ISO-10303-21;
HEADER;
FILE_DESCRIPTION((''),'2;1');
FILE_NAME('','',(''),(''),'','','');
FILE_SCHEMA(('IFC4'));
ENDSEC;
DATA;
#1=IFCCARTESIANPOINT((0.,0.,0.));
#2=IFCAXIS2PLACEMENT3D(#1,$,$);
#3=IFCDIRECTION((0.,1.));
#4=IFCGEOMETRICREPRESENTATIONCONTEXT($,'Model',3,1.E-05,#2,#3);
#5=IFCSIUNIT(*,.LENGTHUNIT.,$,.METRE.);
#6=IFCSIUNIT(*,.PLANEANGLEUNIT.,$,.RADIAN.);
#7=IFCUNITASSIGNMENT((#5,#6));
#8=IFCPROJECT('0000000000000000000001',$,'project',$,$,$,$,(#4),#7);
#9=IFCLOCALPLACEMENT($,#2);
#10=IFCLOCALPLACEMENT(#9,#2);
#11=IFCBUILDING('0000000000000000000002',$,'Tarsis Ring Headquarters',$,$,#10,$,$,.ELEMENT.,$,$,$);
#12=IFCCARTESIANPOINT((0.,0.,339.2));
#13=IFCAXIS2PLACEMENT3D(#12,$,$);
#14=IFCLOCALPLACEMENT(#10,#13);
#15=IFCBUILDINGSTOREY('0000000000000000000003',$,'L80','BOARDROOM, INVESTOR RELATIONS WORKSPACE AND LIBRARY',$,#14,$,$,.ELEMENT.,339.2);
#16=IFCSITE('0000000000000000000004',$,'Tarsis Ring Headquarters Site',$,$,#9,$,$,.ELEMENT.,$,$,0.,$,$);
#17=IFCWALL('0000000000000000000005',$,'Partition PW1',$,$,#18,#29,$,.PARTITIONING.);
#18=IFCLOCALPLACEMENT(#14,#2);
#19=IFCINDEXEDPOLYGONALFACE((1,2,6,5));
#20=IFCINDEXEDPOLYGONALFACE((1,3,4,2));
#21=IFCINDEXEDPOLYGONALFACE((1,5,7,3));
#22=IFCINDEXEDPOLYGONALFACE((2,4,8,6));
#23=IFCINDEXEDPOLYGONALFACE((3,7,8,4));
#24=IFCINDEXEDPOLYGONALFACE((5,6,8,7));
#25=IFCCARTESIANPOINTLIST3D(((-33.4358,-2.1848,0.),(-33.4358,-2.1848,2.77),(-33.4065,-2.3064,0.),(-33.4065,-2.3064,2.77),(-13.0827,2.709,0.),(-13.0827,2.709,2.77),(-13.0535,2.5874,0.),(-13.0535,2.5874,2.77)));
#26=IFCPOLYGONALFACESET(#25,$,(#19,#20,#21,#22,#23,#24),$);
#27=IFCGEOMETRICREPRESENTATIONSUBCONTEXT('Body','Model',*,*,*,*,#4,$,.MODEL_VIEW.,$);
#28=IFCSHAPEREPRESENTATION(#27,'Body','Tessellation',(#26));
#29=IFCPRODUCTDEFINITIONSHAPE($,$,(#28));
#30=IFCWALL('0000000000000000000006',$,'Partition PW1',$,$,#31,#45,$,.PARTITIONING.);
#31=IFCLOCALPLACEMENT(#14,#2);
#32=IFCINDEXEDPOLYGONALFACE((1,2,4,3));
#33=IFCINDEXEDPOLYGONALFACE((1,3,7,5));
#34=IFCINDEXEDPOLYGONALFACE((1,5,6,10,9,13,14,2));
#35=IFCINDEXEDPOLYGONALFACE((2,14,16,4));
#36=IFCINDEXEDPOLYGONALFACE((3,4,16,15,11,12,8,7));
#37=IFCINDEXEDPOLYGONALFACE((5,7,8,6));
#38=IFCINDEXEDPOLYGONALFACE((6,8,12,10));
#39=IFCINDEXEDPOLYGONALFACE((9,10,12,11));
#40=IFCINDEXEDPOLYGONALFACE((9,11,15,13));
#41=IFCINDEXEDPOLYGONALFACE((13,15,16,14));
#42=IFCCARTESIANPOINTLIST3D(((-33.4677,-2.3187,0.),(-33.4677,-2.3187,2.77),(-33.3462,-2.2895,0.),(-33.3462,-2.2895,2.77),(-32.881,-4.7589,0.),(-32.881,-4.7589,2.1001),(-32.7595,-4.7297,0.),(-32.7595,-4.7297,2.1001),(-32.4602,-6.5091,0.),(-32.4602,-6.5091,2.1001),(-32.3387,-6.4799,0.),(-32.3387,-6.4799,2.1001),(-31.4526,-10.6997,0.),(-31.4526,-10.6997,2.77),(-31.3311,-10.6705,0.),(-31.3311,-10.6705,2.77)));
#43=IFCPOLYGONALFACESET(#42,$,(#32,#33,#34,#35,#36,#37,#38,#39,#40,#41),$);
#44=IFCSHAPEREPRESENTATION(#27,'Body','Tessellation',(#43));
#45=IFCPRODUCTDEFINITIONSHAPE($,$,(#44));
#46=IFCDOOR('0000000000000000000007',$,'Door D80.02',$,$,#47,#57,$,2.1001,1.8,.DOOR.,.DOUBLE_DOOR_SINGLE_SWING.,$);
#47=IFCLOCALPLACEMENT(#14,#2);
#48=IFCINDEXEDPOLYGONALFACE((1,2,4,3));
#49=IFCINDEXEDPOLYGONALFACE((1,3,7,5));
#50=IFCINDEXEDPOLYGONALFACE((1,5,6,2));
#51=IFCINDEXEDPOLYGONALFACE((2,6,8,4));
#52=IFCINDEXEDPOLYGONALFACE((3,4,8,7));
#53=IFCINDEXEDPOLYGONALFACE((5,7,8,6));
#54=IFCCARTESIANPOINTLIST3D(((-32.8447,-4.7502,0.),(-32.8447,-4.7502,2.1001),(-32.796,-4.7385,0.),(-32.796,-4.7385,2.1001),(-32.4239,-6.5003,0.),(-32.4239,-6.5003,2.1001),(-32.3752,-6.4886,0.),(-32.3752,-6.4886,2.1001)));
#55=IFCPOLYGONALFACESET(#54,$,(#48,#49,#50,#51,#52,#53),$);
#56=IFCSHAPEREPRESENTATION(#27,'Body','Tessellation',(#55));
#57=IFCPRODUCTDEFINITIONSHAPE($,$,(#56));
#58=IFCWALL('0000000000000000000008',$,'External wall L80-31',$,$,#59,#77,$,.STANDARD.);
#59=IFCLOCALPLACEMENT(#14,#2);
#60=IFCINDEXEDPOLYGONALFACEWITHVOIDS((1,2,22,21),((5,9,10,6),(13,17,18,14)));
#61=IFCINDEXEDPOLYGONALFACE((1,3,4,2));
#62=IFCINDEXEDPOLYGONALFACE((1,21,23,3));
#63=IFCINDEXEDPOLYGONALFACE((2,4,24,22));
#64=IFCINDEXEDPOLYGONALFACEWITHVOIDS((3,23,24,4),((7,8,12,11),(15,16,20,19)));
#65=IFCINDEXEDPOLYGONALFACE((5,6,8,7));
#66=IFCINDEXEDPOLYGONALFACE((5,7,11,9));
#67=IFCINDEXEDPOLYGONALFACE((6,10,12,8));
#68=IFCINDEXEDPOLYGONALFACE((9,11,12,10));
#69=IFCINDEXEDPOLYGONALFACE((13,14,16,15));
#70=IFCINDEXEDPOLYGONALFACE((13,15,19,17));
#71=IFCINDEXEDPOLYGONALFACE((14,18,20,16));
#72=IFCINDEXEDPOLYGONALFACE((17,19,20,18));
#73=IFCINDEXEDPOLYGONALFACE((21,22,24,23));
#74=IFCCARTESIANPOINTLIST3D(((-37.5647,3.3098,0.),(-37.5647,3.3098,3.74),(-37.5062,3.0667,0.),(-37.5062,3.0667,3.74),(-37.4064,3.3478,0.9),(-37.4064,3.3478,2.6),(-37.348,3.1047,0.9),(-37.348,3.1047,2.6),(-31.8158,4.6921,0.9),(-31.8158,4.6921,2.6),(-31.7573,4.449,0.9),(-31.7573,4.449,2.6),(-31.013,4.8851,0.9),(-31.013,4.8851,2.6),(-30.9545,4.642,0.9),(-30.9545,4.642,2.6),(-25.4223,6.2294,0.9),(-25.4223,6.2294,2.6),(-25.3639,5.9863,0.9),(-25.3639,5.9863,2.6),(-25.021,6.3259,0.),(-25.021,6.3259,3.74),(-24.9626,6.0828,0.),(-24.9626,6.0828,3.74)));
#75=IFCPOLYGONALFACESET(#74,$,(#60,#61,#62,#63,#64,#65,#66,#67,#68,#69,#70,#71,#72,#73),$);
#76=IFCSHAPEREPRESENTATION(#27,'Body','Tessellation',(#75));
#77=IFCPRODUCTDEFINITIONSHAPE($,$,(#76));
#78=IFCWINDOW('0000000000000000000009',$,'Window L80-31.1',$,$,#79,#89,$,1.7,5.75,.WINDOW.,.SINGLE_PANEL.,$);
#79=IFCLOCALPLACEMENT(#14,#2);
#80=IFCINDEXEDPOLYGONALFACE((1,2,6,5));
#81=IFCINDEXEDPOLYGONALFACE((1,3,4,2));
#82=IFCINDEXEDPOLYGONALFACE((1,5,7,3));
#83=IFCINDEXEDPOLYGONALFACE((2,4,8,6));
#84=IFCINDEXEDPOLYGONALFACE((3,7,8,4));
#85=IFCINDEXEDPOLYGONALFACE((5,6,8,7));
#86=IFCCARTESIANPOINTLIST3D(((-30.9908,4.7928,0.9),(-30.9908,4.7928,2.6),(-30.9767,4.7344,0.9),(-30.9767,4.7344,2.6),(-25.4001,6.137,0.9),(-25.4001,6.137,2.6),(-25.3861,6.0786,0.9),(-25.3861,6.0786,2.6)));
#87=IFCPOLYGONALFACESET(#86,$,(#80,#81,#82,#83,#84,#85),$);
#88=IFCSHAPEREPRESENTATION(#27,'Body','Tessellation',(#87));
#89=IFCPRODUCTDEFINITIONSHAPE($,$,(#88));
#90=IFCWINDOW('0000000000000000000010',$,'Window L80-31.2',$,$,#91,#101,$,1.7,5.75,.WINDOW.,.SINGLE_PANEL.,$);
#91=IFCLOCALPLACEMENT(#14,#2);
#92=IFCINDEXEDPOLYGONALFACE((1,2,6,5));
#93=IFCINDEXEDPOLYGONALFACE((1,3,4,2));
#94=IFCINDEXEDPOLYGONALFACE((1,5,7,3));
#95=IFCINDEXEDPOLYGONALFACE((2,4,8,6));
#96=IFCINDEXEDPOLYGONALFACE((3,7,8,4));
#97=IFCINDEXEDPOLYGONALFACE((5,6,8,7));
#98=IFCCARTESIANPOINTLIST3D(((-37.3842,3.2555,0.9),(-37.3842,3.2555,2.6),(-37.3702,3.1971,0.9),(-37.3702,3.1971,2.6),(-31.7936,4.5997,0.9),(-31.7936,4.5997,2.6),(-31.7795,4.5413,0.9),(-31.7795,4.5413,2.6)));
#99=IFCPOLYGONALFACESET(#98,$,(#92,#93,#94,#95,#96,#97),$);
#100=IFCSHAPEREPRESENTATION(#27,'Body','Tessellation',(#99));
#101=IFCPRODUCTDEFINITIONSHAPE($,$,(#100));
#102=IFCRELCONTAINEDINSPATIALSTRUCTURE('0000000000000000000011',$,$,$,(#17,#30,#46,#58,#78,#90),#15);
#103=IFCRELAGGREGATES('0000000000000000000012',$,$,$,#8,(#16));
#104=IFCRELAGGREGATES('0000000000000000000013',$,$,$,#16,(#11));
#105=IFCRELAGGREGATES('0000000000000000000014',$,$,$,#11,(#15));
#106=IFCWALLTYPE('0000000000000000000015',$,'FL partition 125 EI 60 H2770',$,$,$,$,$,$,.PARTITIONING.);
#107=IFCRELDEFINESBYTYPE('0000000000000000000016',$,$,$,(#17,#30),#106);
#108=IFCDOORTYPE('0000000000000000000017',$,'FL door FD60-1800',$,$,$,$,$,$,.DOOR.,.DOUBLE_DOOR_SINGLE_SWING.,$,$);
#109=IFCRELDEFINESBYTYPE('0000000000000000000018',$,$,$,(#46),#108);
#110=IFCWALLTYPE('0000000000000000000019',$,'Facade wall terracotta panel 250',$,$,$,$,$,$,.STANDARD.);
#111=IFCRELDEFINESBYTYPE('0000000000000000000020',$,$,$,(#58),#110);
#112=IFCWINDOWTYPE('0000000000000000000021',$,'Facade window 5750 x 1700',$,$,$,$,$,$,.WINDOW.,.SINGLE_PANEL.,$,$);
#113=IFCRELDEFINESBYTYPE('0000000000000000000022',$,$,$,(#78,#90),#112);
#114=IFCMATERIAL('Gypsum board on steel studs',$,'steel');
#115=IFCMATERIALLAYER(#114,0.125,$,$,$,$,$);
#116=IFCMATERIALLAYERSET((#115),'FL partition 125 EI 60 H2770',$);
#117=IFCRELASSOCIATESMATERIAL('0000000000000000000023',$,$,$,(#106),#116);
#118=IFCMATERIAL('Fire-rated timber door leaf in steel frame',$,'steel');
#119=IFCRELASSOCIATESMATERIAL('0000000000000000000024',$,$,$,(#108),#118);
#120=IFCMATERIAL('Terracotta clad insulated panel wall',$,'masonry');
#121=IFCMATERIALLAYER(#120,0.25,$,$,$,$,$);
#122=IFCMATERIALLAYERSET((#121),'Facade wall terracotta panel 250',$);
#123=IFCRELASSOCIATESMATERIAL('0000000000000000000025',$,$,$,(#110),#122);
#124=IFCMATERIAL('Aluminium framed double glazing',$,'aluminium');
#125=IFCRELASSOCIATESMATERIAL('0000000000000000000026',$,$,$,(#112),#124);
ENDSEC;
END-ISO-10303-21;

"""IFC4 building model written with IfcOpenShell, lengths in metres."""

from ifc_helpers import new_model, si_unit, direction, frame, frame_2d, origin, place, context, subcontext, project, spatial, rectangle, extrude, material, layer, layer_set, type_object, element, fill, save


model = new_model("IFC4")

# Units and contexts
model_context = context("Model", 3, precision=1e-05, world=origin(), true_north=direction((0.0, 1.0)))
body_context = subcontext(model_context, "Body", "Model", "MODEL_VIEW")
ifc_project = project(units=[si_unit("LENGTHUNIT", "METRE"), si_unit("PLANEANGLEUNIT", "RADIAN")], contexts=[model_context])

# Site, building, storey
site_placement = place(None, origin())
site = spatial("IfcSite", under=ifc_project, at=site_placement, Name="Tarsis Ring Headquarters Site", CompositionType="ELEMENT", RefElevation=0.0)
building_placement = place(site_placement, origin())
building = spatial("IfcBuilding", under=site, at=building_placement, Name="Tarsis Ring Headquarters", CompositionType="ELEMENT")
storey_placement = place(building_placement, frame((0.0, 0.0, 339.2)))
storey = spatial("IfcBuildingStorey", under=building, at=storey_placement, Name="L80", Description="BOARDROOM, INVESTOR RELATIONS WORKSPACE AND LIBRARY", CompositionType="ELEMENT", Elevation=339.2)

# Wall
ifc_material_1 = material(Name="Gypsum board on steel studs", Category="steel")
ifc_layer_1 = layer(ifc_material_1, 0.125)
ifc_layer_set_1 = layer_set([ifc_layer_1], Name="FL partition 125 EI 60 H2770")
wall_type_1 = type_object("IfcWallType", Name="FL partition 125 EI 60 H2770", PredefinedType="PARTITIONING", material=ifc_layer_set_1)
wall_1_placement = place(storey_placement, frame((-33.4211, -2.2456, 0.0), z_axis=(0.0, 0.0, 1.0), x_axis=(0.972289, 0.233783, 0.0)))
element("IfcWall", 1, at=wall_1_placement, inside=storey, type_object=wall_type_1, Name="Partition PW1", PredefinedType="PARTITIONING", context=body_context, shape_type="SweptSolid", body=[
    extrude(rectangle(XDim=20.9331, YDim=0.125, at=frame_2d((10.4666, 0.0))), origin(), (0.0, 0.0, 1.0), 2.77),
])

# Wall, opening, door
wall_2_placement = place(storey_placement, frame((-33.407, -2.304, 0.0), z_axis=(0.0, 0.0, 1.0), x_axis=(0.233776, -0.972291, 0.0)))
wall_2 = element("IfcWall", 2, at=wall_2_placement, inside=storey, type_object=wall_type_1, Name="Partition PW1", PredefinedType="PARTITIONING", context=body_context, shape_type="SweptSolid", body=[
    extrude(rectangle(XDim=8.6199, YDim=0.125, at=frame_2d((4.3101, 0.0))), origin(), (0.0, 0.0, 1.0), 2.77),
])
opening_1_placement = place(wall_2_placement, frame((2.51, 0.0, 0.0)))
opening_1 = element("IfcOpeningElement", 3, at=opening_1_placement, cuts=wall_2, PredefinedType="OPENING", context=body_context, shape_type="SweptSolid", body=[
    extrude(rectangle(XDim=1.8, YDim=2.1001, at=frame_2d((0.8999, 1.05))), frame((0.0, 0.0725, 0.0), z_axis=(0.0, -1.0, 0.0), x_axis=(1.0, 0.0, 0.0)), (0.0, 0.0, 1.0), 0.145),
])
ifc_material_2 = material(Name="Fire-rated timber door leaf in steel frame", Category="steel")
door_type = type_object("IfcDoorType", Name="FL door FD60-1800", OperationType="DOUBLE_DOOR_SINGLE_SWING", PredefinedType="DOOR", material=ifc_material_2)
door_placement = place(opening_1_placement, origin())
door = element("IfcDoor", 4, at=door_placement, inside=storey, type_object=door_type, Name="Door D80.02", OperationType="DOUBLE_DOOR_SINGLE_SWING", OverallHeight=2.1001, OverallWidth=1.8, PredefinedType="DOOR", context=body_context, shape_type="SweptSolid", body=[
    extrude(rectangle(XDim=1.8, YDim=2.1001, at=frame_2d((0.8999, 1.05))), frame((0.0, 0.0249, 0.0), z_axis=(0.0, -1.0, 0.0), x_axis=(1.0, 0.0, 0.0)), (0.0, 0.0, 1.0), 0.05),
])
fill(opening_1, door)

# Wall, openings, windows
ifc_material_3 = material(Name="Terracotta clad insulated panel wall", Category="masonry")
ifc_layer_2 = layer(ifc_material_3, 0.25)
ifc_layer_set_2 = layer_set([ifc_layer_2], Name="Facade wall terracotta panel 250")
wall_type_2 = type_object("IfcWallType", Name="Facade wall terracotta panel 250", PredefinedType="STANDARD", material=ifc_layer_set_2)
wall_3_placement = place(storey_placement, frame((-24.9917, 6.2043, 0.0), z_axis=(0.0, 0.0, 1.0), x_axis=(-0.972288, -0.233785, 0.0)))
wall_3 = element("IfcWall", 5, at=wall_3_placement, inside=storey, type_object=wall_type_2, Name="External wall L80-31", PredefinedType="STANDARD", context=body_context, shape_type="SweptSolid", body=[
    extrude(rectangle(XDim=12.9011, YDim=0.25, at=frame_2d((6.4507, 0.0))), origin(), (0.0, 0.0, 1.0), 3.74),
])
opening_2_placement = place(wall_3_placement, frame((0.4128, 0.0, 0.8999)))
opening_2 = element("IfcOpeningElement", 6, at=opening_2_placement, cuts=wall_3, PredefinedType="OPENING", context=body_context, shape_type="SweptSolid", body=[
    extrude(rectangle(XDim=5.75, YDim=1.7, at=frame_2d((2.875, 0.8501))), frame((0.0, 0.135, 0.0), z_axis=(0.0, -1.0, 0.0), x_axis=(1.0, 0.0, 0.0)), (0.0, 0.0, 1.0), 0.27),
])
opening_3_placement = place(wall_3_placement, frame((6.9885, 0.0, 0.8999)))
opening_3 = element("IfcOpeningElement", 7, at=opening_3_placement, cuts=wall_3, PredefinedType="OPENING", context=body_context, shape_type="SweptSolid", body=[
    extrude(rectangle(XDim=5.75, YDim=1.7, at=frame_2d((2.875, 0.8501))), frame((0.0, 0.135, 0.0), z_axis=(0.0, -1.0, 0.0), x_axis=(1.0, 0.0, 0.0)), (0.0, 0.0, 1.0), 0.27),
])
ifc_material_4 = material(Name="Aluminium framed double glazing", Category="aluminium")
window_type = type_object("IfcWindowType", Name="Facade window 5750 x 1700", PartitioningType="SINGLE_PANEL", PredefinedType="WINDOW", material=ifc_material_4)
window_1_placement = place(opening_2_placement, origin())
window_1 = element("IfcWindow", 8, at=window_1_placement, inside=storey, type_object=window_type, Name="Window L80-31.1", OverallHeight=1.7, OverallWidth=5.75, PartitioningType="SINGLE_PANEL", PredefinedType="WINDOW", context=body_context, shape_type="SweptSolid", body=[
    extrude(rectangle(XDim=5.75, YDim=1.7, at=frame_2d((2.875, 0.8501))), frame((0.0, 0.03, 0.0), z_axis=(0.0, -1.0, 0.0), x_axis=(1.0, 0.0, 0.0)), (0.0, 0.0, 1.0), 0.0601),
])
fill(opening_2, window_1)
window_2_placement = place(opening_3_placement, origin())
window_2 = element("IfcWindow", 9, at=window_2_placement, inside=storey, type_object=window_type, Name="Window L80-31.2", OverallHeight=1.7, OverallWidth=5.75, PartitioningType="SINGLE_PANEL", PredefinedType="WINDOW", context=body_context, shape_type="SweptSolid", body=[
    extrude(rectangle(XDim=5.75, YDim=1.7, at=frame_2d((2.875, 0.8501))), frame((0.0, 0.03, 0.0), z_axis=(0.0, -1.0, 0.0), x_axis=(1.0, 0.0, 0.0)), (0.0, 0.0, 1.0), 0.0601),
])
fill(opening_3, window_2)

save(model, "model.ifc")
